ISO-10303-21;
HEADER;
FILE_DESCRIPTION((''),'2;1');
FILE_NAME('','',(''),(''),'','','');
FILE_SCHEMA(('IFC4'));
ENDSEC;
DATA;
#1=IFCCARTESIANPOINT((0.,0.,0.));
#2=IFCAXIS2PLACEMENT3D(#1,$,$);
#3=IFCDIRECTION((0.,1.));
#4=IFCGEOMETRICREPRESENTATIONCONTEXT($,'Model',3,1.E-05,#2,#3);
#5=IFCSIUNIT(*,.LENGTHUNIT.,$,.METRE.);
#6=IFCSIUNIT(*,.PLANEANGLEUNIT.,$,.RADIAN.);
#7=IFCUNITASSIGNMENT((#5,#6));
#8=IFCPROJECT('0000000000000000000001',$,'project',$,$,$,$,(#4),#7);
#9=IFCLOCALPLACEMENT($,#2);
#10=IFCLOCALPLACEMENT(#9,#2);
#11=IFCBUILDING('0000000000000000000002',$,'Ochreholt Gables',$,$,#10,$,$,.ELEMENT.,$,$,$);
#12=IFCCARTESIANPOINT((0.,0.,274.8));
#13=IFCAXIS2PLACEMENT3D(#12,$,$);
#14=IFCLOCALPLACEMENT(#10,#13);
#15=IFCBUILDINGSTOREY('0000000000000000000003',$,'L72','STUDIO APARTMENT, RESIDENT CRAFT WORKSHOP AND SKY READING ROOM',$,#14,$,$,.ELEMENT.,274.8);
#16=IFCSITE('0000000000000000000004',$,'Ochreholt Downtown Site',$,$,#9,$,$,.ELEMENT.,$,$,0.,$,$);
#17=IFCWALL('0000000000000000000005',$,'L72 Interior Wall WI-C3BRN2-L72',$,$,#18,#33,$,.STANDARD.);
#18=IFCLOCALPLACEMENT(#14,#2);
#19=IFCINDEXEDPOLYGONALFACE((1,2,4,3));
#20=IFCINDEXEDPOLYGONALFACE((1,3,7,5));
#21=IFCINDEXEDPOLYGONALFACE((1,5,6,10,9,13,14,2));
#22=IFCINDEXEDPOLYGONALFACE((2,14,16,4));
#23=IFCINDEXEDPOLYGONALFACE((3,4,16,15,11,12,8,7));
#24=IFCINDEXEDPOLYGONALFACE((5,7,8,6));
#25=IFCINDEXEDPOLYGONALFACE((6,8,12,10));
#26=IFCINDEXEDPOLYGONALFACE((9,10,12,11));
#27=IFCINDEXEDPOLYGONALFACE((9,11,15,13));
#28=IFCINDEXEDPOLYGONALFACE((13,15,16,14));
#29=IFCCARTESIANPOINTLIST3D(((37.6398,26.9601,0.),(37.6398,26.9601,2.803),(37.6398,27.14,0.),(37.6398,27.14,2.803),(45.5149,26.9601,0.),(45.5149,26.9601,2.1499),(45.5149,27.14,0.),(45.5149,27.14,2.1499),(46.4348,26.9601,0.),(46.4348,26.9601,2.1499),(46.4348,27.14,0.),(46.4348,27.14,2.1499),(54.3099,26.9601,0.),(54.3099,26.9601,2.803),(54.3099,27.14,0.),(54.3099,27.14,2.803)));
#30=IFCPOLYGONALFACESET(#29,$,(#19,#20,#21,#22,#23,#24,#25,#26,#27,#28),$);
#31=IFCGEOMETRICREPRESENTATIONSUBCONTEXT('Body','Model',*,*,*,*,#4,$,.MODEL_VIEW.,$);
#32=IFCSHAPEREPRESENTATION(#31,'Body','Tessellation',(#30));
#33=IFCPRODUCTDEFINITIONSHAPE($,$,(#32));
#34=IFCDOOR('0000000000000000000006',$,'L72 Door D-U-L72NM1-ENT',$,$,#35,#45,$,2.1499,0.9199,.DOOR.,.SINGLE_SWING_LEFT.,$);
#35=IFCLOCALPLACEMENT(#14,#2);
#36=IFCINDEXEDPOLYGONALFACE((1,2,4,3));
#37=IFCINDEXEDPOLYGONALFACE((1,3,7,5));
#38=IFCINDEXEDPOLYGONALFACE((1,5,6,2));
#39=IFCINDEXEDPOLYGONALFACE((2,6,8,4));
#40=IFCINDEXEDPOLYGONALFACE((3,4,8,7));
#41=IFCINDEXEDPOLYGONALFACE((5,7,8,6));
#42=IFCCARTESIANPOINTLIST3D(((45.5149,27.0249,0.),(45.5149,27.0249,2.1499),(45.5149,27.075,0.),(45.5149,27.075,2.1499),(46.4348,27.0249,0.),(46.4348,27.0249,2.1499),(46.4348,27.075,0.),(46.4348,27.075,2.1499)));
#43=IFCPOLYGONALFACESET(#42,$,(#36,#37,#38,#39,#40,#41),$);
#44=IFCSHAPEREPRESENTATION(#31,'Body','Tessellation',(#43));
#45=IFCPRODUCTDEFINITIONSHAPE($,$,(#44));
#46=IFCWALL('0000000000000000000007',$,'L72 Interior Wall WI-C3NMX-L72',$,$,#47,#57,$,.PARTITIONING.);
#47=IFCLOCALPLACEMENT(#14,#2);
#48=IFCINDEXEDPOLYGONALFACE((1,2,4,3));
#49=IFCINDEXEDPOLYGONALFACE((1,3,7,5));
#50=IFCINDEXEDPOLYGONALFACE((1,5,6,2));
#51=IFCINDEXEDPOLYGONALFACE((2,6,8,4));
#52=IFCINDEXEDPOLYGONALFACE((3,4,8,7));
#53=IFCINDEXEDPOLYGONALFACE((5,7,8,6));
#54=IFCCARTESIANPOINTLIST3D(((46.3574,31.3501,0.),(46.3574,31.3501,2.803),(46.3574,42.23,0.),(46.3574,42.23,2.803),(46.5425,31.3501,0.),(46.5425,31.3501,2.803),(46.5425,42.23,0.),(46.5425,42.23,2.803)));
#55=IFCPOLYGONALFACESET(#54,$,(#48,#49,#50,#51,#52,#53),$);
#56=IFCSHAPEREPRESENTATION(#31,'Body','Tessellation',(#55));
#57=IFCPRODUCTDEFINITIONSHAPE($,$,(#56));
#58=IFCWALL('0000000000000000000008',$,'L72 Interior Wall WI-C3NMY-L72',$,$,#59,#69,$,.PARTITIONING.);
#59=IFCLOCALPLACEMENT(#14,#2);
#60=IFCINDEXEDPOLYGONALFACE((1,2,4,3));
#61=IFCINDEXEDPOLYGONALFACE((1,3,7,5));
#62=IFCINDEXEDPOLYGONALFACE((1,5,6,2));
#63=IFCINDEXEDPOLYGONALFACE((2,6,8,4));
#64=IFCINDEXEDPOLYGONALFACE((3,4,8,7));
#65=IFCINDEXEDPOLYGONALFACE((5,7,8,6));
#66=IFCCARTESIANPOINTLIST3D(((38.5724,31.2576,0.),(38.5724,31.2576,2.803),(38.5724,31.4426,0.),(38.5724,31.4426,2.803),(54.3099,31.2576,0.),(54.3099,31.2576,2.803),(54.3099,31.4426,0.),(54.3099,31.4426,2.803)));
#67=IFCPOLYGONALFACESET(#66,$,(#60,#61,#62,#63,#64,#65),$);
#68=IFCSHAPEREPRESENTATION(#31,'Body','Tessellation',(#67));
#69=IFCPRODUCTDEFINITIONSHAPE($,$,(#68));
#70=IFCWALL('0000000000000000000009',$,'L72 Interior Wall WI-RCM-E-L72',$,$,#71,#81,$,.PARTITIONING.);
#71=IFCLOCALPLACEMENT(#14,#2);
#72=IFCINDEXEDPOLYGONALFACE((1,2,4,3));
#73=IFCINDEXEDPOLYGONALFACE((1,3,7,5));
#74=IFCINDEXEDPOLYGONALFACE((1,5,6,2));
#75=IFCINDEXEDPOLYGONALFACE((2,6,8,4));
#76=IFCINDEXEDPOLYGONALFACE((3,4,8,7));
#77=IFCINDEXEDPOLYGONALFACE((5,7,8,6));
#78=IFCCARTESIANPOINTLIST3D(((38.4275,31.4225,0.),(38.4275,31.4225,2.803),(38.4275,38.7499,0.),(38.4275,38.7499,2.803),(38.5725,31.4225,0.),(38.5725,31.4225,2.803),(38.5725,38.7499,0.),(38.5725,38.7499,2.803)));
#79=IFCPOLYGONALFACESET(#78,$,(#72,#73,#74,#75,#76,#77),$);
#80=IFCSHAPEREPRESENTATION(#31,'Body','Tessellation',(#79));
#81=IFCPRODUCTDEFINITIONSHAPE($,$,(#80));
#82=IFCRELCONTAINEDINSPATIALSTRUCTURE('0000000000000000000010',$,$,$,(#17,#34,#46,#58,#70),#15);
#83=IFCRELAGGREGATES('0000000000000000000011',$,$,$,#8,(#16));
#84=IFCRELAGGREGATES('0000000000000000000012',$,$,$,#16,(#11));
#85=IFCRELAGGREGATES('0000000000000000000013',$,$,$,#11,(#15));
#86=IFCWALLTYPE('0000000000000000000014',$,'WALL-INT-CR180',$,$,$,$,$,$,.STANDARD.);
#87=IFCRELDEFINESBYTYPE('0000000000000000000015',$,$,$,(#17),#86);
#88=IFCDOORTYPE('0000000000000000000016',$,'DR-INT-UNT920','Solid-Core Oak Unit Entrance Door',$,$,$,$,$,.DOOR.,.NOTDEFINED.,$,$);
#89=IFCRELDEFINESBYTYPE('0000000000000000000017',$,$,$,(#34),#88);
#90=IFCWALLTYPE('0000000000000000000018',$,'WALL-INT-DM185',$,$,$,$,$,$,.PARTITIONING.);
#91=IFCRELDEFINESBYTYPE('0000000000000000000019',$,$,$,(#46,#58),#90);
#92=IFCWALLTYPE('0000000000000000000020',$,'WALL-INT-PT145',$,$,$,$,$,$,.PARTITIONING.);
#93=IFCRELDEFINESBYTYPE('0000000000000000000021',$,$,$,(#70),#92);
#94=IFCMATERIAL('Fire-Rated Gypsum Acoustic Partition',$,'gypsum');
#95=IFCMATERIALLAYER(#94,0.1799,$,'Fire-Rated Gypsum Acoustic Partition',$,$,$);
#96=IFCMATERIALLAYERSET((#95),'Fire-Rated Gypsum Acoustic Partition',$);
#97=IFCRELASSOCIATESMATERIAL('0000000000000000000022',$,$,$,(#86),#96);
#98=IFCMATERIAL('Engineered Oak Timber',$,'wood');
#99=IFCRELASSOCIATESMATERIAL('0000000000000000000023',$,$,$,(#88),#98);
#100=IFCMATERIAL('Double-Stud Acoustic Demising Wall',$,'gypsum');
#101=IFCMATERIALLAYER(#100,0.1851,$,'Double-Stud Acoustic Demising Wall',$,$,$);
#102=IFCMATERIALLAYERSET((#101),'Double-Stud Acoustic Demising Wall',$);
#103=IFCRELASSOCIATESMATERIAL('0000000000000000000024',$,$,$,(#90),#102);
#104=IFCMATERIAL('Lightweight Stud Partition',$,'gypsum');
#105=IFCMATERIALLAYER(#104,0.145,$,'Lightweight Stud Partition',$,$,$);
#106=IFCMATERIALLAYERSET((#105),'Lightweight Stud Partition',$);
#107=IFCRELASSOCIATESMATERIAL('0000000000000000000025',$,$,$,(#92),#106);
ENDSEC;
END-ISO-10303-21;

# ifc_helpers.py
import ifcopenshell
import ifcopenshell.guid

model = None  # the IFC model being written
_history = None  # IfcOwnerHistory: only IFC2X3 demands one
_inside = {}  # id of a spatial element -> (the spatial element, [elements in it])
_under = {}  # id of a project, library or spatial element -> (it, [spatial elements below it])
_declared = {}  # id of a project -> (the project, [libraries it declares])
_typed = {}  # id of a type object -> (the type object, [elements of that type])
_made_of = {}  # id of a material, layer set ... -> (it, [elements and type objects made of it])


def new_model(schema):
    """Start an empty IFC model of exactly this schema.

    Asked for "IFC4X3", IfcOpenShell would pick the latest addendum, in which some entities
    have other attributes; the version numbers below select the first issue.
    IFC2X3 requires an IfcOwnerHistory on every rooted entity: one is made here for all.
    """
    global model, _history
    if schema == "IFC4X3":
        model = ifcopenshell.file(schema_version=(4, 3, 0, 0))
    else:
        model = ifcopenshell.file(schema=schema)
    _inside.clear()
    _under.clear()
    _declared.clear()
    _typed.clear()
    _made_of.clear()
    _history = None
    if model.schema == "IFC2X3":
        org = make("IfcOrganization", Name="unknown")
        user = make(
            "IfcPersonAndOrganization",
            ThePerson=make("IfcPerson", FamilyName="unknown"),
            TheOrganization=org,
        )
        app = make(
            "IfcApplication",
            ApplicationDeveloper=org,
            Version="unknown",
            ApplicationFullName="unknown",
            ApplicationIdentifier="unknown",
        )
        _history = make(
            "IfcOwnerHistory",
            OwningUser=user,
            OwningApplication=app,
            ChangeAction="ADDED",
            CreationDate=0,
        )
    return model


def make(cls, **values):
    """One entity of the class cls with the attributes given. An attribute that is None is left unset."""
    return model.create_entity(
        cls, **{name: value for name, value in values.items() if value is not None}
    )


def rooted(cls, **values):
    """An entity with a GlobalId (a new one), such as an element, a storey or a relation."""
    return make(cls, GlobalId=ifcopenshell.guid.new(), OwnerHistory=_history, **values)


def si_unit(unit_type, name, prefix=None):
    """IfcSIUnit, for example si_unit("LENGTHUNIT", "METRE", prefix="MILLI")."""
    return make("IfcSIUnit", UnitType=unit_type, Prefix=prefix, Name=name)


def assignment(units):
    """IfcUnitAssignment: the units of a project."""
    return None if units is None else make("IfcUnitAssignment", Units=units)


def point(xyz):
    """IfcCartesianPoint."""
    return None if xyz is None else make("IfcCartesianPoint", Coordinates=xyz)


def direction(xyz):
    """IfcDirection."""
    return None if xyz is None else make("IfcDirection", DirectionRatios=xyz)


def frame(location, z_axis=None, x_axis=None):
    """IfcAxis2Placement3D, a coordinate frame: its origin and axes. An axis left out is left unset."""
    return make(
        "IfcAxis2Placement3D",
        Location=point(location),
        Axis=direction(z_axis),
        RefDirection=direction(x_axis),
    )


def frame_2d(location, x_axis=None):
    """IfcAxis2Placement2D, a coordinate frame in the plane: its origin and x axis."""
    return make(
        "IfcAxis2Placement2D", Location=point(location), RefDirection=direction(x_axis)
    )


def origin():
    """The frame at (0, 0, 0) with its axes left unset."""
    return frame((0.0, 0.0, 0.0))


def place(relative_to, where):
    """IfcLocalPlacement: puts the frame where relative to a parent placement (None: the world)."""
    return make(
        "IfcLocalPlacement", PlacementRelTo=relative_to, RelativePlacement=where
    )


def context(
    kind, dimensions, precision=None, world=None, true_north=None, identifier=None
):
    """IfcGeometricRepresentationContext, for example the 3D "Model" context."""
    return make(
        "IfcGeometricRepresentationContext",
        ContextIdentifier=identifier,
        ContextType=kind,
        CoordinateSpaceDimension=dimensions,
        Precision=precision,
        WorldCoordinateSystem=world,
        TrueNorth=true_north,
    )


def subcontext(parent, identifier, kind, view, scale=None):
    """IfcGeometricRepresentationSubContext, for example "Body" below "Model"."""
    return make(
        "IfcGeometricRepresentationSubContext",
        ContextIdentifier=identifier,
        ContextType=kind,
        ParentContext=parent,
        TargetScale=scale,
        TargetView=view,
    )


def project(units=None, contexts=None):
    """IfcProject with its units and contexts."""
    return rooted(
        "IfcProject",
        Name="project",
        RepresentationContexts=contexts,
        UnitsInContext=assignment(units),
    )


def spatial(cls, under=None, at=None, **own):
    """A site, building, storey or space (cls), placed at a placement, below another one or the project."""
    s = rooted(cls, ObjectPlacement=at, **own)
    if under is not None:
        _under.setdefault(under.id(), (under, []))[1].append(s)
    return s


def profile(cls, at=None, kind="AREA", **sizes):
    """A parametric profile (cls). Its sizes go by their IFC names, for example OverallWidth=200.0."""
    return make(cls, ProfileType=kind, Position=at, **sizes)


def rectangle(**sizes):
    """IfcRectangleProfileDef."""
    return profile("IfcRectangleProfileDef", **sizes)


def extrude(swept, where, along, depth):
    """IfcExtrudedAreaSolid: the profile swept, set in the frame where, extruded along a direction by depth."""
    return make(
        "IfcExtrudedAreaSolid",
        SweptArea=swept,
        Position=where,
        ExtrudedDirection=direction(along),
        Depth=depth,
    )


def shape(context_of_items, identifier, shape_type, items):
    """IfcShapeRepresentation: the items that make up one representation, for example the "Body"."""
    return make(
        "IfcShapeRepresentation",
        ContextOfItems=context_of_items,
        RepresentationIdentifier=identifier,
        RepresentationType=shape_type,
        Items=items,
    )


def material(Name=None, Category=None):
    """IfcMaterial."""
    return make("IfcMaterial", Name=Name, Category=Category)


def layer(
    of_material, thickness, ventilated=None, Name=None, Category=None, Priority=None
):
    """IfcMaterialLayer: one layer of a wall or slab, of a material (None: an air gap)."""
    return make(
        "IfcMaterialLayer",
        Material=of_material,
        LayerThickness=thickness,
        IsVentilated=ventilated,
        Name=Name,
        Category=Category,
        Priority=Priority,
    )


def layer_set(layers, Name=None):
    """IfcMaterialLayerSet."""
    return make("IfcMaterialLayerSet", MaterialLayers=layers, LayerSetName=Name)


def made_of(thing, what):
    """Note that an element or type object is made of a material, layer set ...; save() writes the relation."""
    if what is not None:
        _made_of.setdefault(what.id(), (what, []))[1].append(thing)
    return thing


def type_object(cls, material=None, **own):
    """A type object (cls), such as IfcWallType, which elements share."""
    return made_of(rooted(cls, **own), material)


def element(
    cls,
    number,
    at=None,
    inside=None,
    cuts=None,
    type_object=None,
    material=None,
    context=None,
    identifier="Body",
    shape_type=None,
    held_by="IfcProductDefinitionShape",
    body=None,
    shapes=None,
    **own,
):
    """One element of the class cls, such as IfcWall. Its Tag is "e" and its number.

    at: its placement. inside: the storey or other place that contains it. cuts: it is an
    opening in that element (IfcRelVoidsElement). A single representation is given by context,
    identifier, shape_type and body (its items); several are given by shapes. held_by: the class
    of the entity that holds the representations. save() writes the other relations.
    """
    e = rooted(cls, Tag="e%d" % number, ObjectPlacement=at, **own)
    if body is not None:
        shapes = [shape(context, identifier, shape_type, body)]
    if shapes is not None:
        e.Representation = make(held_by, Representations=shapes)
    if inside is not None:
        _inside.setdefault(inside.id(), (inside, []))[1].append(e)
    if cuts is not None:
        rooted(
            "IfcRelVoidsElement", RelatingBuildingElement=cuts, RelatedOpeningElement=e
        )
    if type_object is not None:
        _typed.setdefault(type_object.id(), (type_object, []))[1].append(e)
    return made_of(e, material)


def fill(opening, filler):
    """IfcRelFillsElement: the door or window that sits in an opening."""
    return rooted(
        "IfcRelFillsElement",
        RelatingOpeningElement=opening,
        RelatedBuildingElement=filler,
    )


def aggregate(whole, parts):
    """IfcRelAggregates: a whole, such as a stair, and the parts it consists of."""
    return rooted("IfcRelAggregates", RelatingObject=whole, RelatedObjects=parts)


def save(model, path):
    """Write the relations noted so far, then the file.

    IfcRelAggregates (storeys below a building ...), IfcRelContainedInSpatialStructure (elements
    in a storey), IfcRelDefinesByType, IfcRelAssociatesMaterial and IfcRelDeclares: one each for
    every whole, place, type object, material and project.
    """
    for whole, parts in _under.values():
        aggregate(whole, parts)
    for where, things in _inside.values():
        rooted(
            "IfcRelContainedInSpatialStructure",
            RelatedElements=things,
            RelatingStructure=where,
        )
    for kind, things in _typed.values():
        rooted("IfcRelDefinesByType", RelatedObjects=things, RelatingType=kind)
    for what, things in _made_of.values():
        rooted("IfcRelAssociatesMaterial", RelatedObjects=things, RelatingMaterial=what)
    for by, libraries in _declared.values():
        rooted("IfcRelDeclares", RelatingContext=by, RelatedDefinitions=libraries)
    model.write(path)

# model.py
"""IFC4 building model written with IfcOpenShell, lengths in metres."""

from ifc_helpers import new_model, si_unit, direction, frame, frame_2d, origin, place, context, subcontext, project, spatial, rectangle, extrude, material, layer, layer_set, type_object, element, fill, save


model = new_model("IFC4")

# Units and contexts
model_context = context("Model", 3, precision=1e-05, world=origin(), true_north=direction((0.0, 1.0)))
body_context = subcontext(model_context, "Body", "Model", "MODEL_VIEW")
ifc_project = project(units=[si_unit("LENGTHUNIT", "METRE"), si_unit("PLANEANGLEUNIT", "RADIAN")], contexts=[model_context])

# Site, building, storey
site_placement = place(None, origin())
site = spatial("IfcSite", under=ifc_project, at=site_placement, Name="Ochreholt Downtown Site", CompositionType="ELEMENT", RefElevation=0.0)
building_placement = place(site_placement, origin())
building = spatial("IfcBuilding", under=site, at=building_placement, Name="Ochreholt Gables", CompositionType="ELEMENT")
storey_placement = place(building_placement, frame((0.0, 0.0, 274.8)))
storey = spatial("IfcBuildingStorey", under=building, at=storey_placement, Name="L72", Description="STUDIO APARTMENT, RESIDENT CRAFT WORKSHOP AND SKY READING ROOM", CompositionType="ELEMENT", Elevation=274.8)

# Shared definitions
ifc_material_1 = material(Name="Fire-Rated Gypsum Acoustic Partition", Category="gypsum")
ifc_layer_1 = layer(ifc_material_1, 0.1799, Name="Fire-Rated Gypsum Acoustic Partition")
ifc_layer_set_1 = layer_set([ifc_layer_1], Name="Fire-Rated Gypsum Acoustic Partition")
wall_type_1 = type_object("IfcWallType", Name="WALL-INT-CR180", PredefinedType="STANDARD", material=ifc_layer_set_1)

# Shared definitions
ifc_material_2 = material(Name="Engineered Oak Timber", Category="wood")
door_type_1 = type_object("IfcDoorType", Name="DR-INT-UNT920", Description="Solid-Core Oak Unit Entrance Door", OperationType="NOTDEFINED", PredefinedType="DOOR", material=ifc_material_2)

# Wall, opening, door
wall_1_placement = place(storey_placement, frame((37.6399, 27.05, 0.0), z_axis=(0.0, 0.0, 1.0), x_axis=(1.0, 0.0, 0.0)))
wall_1 = element("IfcWall", 1, at=wall_1_placement, inside=storey, type_object=wall_type_1, Name="L72 Interior Wall WI-C3BRN2-L72", PredefinedType="STANDARD", context=body_context, shape_type="SweptSolid", body=[
    extrude(rectangle(XDim=16.6702, YDim=0.1799, at=frame_2d((8.335, 0.0))), origin(), (0.0, 0.0, 1.0), 2.803),
])
opening_1_placement = place(wall_1_placement, frame((7.875, 0.0, 0.0)))
opening_1 = element("IfcOpeningElement", 2, at=opening_1_placement, cuts=wall_1, PredefinedType="OPENING", context=body_context, shape_type="SweptSolid", body=[
    extrude(rectangle(XDim=0.9199, YDim=2.1499, at=frame_2d((0.46, 1.075))), frame((0.0, 0.0999, 0.0), z_axis=(0.0, -1.0, 0.0), x_axis=(1.0, 0.0, 0.0)), (0.0, 0.0, 1.0), 0.2),
])
door_1_placement = place(opening_1_placement, origin())
door_1 = element("IfcDoor", 3, at=door_1_placement, inside=storey, type_object=door_type_1, Name="L72 Door D-U-L72NM1-ENT", OperationType="SINGLE_SWING_LEFT", OverallHeight=2.1499, OverallWidth=0.9199, PredefinedType="DOOR", context=body_context, shape_type="SweptSolid", body=[
    extrude(rectangle(XDim=0.9199, YDim=2.1499, at=frame_2d((0.46, 1.075))), frame((0.0, 0.0249, 0.0), z_axis=(0.0, -1.0, 0.0), x_axis=(1.0, 0.0, 0.0)), (0.0, 0.0, 1.0), 0.05),
])
fill(opening_1, door_1)

# Walls
ifc_material_3 = material(Name="Double-Stud Acoustic Demising Wall", Category="gypsum")
ifc_layer_2 = layer(ifc_material_3, 0.1851, Name="Double-Stud Acoustic Demising Wall")
ifc_layer_set_2 = layer_set([ifc_layer_2], Name="Double-Stud Acoustic Demising Wall")
wall_type_2 = type_object("IfcWallType", Name="WALL-INT-DM185", PredefinedType="PARTITIONING", material=ifc_layer_set_2)
wall_2_placement = place(storey_placement, frame((46.45, 31.3501, 0.0), z_axis=(0.0, 0.0, 1.0), x_axis=(0.0, 1.0, 0.0)))
element("IfcWall", 4, at=wall_2_placement, inside=storey, type_object=wall_type_2, Name="L72 Interior Wall WI-C3NMX-L72", PredefinedType="PARTITIONING", context=body_context, shape_type="SweptSolid", body=[
    extrude(rectangle(XDim=10.8799, YDim=0.1851, at=frame_2d((5.4399, 0.0))), origin(), (0.0, 0.0, 1.0), 2.803),
])
wall_3_placement = place(storey_placement, frame((38.5725, 31.3501, 0.0), z_axis=(0.0, 0.0, 1.0), x_axis=(1.0, 0.0, 0.0)))
element("IfcWall", 5, at=wall_3_placement, inside=storey, type_object=wall_type_2, Name="L72 Interior Wall WI-C3NMY-L72", PredefinedType="PARTITIONING", context=body_context, shape_type="SweptSolid", body=[
    extrude(rectangle(XDim=15.7375, YDim=0.1851, at=frame_2d((7.8687, 0.0))), origin(), (0.0, 0.0, 1.0), 2.803),
])
ifc_material_4 = material(Name="Lightweight Stud Partition", Category="gypsum")
ifc_layer_3 = layer(ifc_material_4, 0.145, Name="Lightweight Stud Partition")
ifc_layer_set_3 = layer_set([ifc_layer_3], Name="Lightweight Stud Partition")
wall_type_3 = type_object("IfcWallType", Name="WALL-INT-PT145", PredefinedType="PARTITIONING", material=ifc_layer_set_3)
wall_4_placement = place(storey_placement, frame((38.5, 31.4226, 0.0), z_axis=(0.0, 0.0, 1.0), x_axis=(0.0, 1.0, 0.0)))
element("IfcWall", 6, at=wall_4_placement, inside=storey, type_object=wall_type_3, Name="L72 Interior Wall WI-RCM-E-L72", PredefinedType="PARTITIONING", context=body_context, shape_type="SweptSolid", body=[
    extrude(rectangle(XDim=7.3274, YDim=0.145, at=frame_2d((3.6636, 0.0))), origin(), (0.0, 0.0, 1.0), 2.803),
])

save(model, "model.ifc")
